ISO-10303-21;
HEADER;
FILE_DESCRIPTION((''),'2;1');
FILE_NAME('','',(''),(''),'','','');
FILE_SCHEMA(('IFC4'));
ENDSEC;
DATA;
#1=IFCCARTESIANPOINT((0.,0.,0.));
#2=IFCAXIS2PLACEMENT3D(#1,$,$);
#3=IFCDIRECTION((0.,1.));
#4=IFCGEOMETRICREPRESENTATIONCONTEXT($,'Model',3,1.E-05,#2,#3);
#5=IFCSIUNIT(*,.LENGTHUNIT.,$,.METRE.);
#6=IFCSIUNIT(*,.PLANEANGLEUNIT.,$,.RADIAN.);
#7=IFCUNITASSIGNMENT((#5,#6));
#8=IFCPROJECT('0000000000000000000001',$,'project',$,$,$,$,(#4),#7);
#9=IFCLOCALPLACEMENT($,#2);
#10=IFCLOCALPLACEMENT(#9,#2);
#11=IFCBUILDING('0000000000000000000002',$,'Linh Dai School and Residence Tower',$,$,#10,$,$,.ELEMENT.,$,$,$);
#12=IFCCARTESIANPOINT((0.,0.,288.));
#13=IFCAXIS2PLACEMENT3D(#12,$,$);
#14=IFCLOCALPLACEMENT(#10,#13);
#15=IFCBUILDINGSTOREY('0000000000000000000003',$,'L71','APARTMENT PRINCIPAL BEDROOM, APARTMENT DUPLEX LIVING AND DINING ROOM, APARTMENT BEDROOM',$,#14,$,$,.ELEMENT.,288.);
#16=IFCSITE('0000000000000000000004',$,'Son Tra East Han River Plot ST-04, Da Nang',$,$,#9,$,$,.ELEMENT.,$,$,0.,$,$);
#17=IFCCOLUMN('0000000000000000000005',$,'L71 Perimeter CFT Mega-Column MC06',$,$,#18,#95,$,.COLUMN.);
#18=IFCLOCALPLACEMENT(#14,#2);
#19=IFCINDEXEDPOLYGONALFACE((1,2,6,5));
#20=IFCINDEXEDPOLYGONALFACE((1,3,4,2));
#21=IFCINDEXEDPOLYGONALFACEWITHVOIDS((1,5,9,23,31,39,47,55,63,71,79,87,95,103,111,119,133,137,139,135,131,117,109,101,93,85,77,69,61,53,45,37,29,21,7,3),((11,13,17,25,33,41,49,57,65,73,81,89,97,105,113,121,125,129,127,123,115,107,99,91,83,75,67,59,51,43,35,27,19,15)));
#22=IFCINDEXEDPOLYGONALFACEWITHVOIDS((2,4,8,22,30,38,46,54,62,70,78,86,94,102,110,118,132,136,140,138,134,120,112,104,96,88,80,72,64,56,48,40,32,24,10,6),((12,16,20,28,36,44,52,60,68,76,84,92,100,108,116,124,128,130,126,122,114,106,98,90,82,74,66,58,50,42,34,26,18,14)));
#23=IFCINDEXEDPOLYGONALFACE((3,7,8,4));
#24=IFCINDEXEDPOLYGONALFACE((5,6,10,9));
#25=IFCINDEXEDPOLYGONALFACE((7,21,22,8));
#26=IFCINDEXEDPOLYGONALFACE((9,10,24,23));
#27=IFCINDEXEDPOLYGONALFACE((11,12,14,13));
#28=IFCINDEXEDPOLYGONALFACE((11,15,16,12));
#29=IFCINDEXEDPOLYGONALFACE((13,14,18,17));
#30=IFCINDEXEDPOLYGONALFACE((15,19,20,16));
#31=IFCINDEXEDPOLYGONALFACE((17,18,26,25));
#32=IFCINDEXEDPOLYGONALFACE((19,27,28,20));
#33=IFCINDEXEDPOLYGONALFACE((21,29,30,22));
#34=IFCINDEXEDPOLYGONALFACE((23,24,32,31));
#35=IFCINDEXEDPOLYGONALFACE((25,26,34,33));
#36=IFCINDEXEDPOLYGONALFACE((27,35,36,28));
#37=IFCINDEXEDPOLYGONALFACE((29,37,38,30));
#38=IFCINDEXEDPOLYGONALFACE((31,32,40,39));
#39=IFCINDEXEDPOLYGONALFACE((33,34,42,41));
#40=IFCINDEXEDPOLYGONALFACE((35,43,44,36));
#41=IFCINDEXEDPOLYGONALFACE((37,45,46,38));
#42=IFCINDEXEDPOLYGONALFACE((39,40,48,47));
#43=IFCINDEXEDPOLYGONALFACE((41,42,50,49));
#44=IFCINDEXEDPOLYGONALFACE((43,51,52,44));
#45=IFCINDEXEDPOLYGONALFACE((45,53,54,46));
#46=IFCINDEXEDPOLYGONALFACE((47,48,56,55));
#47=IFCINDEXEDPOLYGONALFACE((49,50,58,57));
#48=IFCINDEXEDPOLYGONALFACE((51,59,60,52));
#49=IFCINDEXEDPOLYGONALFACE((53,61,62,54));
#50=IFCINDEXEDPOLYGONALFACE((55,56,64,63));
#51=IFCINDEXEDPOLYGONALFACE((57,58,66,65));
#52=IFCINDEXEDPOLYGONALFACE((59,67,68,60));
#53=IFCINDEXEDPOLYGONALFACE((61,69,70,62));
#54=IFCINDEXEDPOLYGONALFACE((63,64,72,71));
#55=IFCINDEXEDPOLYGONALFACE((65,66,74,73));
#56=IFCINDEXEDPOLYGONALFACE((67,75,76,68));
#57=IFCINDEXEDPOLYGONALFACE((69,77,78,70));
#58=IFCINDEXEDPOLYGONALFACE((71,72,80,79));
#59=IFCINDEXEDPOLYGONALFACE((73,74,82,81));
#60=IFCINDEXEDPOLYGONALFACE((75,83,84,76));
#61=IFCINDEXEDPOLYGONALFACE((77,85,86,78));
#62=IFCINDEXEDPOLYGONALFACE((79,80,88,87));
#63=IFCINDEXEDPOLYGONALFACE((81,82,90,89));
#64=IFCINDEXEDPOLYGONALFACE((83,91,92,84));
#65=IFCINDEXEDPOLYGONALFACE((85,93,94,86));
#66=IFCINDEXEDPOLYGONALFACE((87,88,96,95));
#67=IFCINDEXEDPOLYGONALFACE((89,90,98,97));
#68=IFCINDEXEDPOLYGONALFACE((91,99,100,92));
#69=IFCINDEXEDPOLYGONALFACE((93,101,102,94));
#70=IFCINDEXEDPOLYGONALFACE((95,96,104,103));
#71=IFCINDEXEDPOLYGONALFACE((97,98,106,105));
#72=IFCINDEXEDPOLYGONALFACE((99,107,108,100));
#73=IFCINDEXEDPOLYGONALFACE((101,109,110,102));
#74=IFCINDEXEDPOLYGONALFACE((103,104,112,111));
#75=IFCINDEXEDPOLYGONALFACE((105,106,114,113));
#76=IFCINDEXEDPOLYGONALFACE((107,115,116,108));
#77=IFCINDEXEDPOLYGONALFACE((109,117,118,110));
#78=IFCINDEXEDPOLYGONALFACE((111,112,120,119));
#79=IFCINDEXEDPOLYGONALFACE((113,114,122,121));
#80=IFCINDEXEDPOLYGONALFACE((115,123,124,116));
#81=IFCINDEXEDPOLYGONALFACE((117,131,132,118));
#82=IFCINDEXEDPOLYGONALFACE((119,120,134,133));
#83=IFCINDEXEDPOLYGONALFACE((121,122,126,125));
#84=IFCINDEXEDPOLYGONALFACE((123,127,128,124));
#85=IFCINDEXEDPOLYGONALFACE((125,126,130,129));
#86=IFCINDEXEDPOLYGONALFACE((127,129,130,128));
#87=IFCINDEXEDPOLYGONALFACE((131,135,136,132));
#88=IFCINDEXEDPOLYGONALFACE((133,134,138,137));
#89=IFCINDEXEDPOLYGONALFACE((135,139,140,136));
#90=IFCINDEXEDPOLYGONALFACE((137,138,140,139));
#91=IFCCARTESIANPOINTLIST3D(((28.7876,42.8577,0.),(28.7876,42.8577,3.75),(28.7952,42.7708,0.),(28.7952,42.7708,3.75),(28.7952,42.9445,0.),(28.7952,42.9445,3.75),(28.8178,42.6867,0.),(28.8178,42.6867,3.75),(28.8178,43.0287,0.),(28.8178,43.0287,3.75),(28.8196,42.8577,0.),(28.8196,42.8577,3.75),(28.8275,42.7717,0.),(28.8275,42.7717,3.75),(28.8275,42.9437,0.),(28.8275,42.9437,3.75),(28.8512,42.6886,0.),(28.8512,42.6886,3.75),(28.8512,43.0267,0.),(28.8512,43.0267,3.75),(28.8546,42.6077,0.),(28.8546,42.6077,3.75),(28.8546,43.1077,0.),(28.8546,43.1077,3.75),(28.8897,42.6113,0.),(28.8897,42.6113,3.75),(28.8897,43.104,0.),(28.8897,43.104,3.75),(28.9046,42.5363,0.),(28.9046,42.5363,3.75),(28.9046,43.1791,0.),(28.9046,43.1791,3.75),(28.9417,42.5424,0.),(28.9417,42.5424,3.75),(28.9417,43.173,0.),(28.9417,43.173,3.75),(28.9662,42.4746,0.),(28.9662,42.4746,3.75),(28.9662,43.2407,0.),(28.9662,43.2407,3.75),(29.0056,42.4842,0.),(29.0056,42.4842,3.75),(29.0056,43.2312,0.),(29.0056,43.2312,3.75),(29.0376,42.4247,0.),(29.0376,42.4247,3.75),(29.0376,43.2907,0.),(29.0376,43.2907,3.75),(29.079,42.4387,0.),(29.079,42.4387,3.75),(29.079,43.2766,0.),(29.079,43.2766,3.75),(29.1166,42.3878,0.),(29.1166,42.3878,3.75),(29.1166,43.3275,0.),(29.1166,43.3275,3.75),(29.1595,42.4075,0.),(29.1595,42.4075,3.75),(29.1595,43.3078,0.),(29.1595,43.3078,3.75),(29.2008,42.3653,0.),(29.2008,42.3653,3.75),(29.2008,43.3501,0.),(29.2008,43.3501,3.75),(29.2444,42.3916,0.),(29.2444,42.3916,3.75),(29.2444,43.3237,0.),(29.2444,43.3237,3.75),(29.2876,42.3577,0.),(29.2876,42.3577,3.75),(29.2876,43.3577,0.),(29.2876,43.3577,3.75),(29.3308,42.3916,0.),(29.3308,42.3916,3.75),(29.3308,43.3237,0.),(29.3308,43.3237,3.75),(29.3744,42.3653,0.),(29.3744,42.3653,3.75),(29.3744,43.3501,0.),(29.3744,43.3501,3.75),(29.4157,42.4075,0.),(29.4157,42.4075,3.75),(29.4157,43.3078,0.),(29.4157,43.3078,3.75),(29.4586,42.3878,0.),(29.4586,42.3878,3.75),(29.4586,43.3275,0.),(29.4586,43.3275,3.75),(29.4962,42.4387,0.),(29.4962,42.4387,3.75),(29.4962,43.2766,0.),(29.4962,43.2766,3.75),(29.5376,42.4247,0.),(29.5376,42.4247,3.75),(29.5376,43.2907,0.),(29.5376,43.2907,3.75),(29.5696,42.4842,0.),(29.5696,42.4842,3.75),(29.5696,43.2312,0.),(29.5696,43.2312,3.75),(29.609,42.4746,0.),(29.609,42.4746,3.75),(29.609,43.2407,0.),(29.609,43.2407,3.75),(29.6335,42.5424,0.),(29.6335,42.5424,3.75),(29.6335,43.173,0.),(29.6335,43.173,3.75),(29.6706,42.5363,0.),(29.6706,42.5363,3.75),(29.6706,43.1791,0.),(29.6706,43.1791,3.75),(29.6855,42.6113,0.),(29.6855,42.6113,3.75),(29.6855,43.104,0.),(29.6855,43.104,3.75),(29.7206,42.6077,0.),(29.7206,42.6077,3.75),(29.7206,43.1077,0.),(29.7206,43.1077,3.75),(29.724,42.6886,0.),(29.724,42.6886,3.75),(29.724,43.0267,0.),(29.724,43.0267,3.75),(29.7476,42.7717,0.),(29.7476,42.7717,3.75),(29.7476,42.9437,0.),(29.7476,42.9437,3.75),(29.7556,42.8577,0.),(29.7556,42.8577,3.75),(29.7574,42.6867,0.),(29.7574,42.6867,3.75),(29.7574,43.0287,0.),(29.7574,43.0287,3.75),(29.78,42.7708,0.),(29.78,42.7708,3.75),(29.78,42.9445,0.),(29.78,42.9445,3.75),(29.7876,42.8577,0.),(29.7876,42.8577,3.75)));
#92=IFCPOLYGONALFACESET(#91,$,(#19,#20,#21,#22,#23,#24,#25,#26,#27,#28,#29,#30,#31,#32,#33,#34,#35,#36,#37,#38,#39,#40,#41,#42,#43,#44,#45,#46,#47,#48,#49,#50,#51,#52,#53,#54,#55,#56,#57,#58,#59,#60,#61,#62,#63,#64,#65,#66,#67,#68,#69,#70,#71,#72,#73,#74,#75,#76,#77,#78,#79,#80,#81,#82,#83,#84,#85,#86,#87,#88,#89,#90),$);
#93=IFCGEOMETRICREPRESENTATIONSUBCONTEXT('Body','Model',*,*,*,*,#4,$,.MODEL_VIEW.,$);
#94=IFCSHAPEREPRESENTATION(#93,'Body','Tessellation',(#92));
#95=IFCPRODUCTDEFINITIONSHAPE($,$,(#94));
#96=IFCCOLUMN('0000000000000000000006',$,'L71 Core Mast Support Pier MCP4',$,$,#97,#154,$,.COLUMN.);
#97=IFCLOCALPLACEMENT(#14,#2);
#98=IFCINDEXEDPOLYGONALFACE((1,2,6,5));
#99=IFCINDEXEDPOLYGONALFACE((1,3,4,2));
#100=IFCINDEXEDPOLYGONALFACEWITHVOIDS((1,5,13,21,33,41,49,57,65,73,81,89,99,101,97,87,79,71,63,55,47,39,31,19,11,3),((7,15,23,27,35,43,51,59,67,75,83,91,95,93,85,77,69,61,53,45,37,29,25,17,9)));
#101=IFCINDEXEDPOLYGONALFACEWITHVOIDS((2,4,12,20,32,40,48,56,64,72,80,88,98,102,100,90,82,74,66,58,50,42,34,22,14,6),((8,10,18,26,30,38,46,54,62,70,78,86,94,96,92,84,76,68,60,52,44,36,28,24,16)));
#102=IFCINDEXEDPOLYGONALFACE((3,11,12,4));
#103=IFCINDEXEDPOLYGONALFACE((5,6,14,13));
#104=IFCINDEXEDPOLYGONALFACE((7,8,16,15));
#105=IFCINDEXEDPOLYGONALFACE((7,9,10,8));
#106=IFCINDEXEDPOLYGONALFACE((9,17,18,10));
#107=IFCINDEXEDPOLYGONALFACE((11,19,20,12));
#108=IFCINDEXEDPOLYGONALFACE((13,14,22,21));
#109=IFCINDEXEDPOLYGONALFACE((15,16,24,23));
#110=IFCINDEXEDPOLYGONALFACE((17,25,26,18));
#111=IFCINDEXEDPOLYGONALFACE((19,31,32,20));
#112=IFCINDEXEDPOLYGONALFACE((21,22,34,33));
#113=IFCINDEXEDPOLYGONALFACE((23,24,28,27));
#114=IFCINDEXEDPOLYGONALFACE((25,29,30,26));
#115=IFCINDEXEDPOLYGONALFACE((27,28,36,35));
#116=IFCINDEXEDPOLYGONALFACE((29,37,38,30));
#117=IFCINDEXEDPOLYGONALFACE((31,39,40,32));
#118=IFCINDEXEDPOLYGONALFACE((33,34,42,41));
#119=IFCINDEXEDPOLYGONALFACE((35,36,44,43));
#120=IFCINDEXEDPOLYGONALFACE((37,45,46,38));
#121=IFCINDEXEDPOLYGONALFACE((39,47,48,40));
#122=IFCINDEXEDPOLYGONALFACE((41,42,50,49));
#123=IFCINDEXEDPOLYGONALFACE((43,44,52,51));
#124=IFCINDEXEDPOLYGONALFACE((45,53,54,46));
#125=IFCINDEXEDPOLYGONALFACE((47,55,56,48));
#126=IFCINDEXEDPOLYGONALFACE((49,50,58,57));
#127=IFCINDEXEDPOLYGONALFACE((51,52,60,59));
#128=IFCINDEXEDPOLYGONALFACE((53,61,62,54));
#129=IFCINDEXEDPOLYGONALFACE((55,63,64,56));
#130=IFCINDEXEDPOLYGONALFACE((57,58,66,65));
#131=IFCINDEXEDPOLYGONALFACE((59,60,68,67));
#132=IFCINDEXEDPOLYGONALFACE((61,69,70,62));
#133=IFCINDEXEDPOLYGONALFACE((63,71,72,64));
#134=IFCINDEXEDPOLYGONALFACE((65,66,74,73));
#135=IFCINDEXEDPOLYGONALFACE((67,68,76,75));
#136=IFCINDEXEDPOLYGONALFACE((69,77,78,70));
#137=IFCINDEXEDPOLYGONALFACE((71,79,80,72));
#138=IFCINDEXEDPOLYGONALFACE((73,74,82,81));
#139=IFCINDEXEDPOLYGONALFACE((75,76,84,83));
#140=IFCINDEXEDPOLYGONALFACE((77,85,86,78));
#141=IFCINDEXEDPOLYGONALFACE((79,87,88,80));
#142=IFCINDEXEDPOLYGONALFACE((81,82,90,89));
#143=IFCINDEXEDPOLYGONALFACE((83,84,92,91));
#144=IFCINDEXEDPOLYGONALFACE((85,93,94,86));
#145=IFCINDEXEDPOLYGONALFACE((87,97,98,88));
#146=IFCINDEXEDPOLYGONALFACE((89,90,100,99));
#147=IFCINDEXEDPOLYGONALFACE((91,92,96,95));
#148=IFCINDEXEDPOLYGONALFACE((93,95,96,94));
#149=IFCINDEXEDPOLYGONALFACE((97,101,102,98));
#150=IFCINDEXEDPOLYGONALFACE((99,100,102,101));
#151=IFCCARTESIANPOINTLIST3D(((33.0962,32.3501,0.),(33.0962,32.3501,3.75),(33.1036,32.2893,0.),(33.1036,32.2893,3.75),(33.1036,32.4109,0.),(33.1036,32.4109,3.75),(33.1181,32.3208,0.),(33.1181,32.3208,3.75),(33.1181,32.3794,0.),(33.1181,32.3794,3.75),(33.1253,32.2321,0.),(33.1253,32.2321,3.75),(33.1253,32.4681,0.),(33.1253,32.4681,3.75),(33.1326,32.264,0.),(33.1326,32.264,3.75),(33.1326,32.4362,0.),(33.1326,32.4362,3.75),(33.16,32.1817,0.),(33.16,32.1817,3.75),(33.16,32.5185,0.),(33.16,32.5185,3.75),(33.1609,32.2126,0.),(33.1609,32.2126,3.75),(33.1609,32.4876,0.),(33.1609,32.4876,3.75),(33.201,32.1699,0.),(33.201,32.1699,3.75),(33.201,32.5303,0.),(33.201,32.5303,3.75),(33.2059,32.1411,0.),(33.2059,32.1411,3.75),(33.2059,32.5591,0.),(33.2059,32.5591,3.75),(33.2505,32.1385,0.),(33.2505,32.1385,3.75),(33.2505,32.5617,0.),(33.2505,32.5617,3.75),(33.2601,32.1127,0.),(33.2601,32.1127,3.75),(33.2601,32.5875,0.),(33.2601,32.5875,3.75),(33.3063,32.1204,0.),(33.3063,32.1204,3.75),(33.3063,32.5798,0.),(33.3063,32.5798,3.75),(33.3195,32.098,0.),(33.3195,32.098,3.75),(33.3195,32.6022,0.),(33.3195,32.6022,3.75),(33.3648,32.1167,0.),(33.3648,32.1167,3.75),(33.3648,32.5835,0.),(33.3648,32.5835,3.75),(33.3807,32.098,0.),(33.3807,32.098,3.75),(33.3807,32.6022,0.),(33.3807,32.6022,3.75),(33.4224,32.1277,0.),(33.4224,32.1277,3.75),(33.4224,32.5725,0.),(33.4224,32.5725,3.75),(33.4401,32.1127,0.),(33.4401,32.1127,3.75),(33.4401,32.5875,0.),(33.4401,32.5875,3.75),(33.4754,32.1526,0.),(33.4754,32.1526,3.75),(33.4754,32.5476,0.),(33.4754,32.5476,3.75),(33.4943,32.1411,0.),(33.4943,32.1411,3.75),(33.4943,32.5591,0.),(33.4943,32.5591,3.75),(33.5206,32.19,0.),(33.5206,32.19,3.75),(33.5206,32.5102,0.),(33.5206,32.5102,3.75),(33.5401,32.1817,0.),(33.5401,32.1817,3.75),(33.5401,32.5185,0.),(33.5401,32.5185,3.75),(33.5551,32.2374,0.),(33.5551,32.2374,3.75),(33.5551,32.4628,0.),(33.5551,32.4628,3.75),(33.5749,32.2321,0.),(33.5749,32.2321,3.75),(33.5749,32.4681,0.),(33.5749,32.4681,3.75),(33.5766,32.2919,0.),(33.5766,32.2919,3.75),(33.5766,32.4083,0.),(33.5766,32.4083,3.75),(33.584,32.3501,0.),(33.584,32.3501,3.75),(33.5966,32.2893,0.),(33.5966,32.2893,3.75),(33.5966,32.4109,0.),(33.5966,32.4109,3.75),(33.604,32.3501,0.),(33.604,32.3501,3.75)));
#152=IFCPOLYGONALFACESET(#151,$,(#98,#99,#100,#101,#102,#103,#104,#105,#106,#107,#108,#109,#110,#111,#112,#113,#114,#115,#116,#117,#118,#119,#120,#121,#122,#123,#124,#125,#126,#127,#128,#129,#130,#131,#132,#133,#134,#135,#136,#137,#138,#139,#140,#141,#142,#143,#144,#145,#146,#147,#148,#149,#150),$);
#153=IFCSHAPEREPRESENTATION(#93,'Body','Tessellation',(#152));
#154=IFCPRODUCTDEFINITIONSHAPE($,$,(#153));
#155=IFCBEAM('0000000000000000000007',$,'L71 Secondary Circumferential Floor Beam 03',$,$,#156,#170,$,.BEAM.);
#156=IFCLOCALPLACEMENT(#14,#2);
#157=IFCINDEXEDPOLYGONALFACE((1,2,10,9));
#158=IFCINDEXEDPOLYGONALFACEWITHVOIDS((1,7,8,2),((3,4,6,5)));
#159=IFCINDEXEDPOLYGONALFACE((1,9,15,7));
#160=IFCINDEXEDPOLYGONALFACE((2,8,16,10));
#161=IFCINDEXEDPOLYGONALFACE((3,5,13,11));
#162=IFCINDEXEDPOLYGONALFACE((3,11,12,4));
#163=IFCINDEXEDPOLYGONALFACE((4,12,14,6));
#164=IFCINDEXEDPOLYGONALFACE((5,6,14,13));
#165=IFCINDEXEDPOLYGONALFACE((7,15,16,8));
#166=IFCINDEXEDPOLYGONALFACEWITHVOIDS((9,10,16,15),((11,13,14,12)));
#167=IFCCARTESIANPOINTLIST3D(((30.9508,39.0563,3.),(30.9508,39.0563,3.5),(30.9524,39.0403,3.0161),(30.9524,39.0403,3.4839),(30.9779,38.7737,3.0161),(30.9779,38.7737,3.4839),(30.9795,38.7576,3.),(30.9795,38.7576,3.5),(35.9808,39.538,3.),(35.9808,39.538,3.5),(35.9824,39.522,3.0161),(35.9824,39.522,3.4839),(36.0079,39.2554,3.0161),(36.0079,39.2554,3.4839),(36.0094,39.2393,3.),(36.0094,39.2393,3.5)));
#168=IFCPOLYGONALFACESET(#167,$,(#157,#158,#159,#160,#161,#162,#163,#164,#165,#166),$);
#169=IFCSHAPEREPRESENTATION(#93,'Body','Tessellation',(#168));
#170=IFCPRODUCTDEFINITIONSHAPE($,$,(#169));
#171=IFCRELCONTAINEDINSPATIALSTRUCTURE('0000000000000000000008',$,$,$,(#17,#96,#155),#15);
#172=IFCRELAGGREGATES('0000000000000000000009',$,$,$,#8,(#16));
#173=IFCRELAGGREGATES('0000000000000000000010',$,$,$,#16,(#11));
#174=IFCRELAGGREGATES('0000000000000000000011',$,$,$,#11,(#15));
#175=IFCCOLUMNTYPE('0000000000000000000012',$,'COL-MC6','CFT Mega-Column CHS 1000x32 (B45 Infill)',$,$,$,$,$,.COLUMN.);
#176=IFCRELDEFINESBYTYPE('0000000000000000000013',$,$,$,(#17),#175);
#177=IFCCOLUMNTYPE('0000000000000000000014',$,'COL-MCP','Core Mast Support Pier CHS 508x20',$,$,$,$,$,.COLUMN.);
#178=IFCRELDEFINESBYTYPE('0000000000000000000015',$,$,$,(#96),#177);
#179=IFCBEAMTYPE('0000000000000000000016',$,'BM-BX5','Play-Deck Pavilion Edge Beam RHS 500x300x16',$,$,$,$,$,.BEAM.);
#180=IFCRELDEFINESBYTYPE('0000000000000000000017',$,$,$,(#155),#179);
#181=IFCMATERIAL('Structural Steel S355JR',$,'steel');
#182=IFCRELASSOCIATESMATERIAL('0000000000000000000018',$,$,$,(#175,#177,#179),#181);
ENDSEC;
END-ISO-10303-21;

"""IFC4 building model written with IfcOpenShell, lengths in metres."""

from ifc_helpers import new_model, si_unit, direction, frame, origin, origin_2d, place, context, subcontext, project, spatial, hollow_rectangle, hollow_circle, extrude, material, material_profile, profile_set, type_object, element, save


model = new_model("IFC4")

# Units and contexts
model_context = context("Model", 3, precision=1e-05, world=origin(), true_north=direction((0.0, 1.0)))
body_context = subcontext(model_context, "Body", "Model", "MODEL_VIEW")
ifc_project = project(units=[si_unit("LENGTHUNIT", "METRE"), si_unit("PLANEANGLEUNIT", "RADIAN")], contexts=[model_context])

# Site, building, storey
site_placement = place(None, origin())
site = spatial("IfcSite", under=ifc_project, at=site_placement, Name="Son Tra East Han River Plot ST-04, Da Nang", CompositionType="ELEMENT", RefElevation=0.0)
building_placement = place(site_placement, origin())
building = spatial("IfcBuilding", under=site, at=building_placement, Name="Linh Dai School and Residence Tower", CompositionType="ELEMENT")
storey_placement = place(building_placement, frame((0.0, 0.0, 288.0)))
storey = spatial("IfcBuildingStorey", under=building, at=storey_placement, Name="L71", Description="APARTMENT PRINCIPAL BEDROOM, APARTMENT DUPLEX LIVING AND DINING ROOM, APARTMENT BEDROOM", CompositionType="ELEMENT", Elevation=288.0)

# Columns
ifc_material_1 = material(Name="Structural Steel S355JR", Category="steel")
ifc_material_profile_1 = material_profile(ifc_material_1, hollow_circle(Radius=0.5, WallThickness=0.032, at=origin_2d()), Name="CHS 1000x32")
ifc_profile_set_1 = profile_set([ifc_material_profile_1], Name="Structural Steel S355JR")
column_type_1 = type_object("IfcColumnType", Name="COL-MC6", Description="CFT Mega-Column CHS 1000x32 (B45 Infill)", PredefinedType="COLUMN", material=ifc_profile_set_1)
column_1_placement = place(storey_placement, frame((29.2876, 42.8577, 0.0), z_axis=(0.0, 0.0, 1.0), x_axis=(1.0, 0.0, 0.0)))
element("IfcColumn", 1, at=column_1_placement, inside=storey, type_object=column_type_1, Name="L71 Perimeter CFT Mega-Column MC06", PredefinedType="COLUMN", context=body_context, shape_type="SweptSolid", body=[
    extrude(hollow_circle(Radius=0.5, WallThickness=0.032, at=origin_2d()), origin(), (0.0, 0.0, 1.0), 3.75),
])
ifc_material_profile_2 = material_profile(ifc_material_1, hollow_circle(Radius=0.2539, WallThickness=0.02, at=origin_2d()), Name="CHS 508x20")
ifc_profile_set_2 = profile_set([ifc_material_profile_2], Name="Structural Steel S355JR")
column_type_2 = type_object("IfcColumnType", Name="COL-MCP", Description="Core Mast Support Pier CHS 508x20", PredefinedType="COLUMN", material=ifc_profile_set_2)
column_2_placement = place(storey_placement, frame((33.3501, 32.3501, 0.0), z_axis=(0.0, 0.0, 1.0), x_axis=(1.0, 0.0, 0.0)))
element("IfcColumn", 2, at=column_2_placement, inside=storey, type_object=column_type_2, Name="L71 Core Mast Support Pier MCP4", PredefinedType="COLUMN", context=body_context, shape_type="SweptSolid", body=[
    extrude(hollow_circle(Radius=0.2539, WallThickness=0.02, at=origin_2d()), origin(), (0.0, 0.0, 1.0), 3.75),
])

# Beam
ifc_material_profile_3 = material_profile(ifc_material_1, hollow_rectangle(XDim=0.3, YDim=0.5, WallThickness=0.0161, at=origin_2d()), Name="RHS 500x300x16")
ifc_profile_set_3 = profile_set([ifc_material_profile_3], Name="Structural Steel S355JR")
beam_type_1 = type_object("IfcBeamType", Name="BM-BX5", Description="Play-Deck Pavilion Edge Beam RHS 500x300x16", PredefinedType="BEAM", material=ifc_profile_set_3)
beam_1_placement = place(storey_placement, frame((35.9951, 39.3887, 3.25), z_axis=(-0.995446, -0.095327, 0.0), x_axis=(0.095327, -0.995446, 0.0)))
element("IfcBeam", 3, at=beam_1_placement, inside=storey, type_object=beam_type_1, Name="L71 Secondary Circumferential Floor Beam 03", PredefinedType="BEAM", context=body_context, shape_type="SweptSolid", body=[
    extrude(hollow_rectangle(XDim=0.3, YDim=0.5, WallThickness=0.0161, at=origin_2d()), origin(), (0.0, 0.0, 1.0), 5.053),
])

save(model, "model.ifc")
